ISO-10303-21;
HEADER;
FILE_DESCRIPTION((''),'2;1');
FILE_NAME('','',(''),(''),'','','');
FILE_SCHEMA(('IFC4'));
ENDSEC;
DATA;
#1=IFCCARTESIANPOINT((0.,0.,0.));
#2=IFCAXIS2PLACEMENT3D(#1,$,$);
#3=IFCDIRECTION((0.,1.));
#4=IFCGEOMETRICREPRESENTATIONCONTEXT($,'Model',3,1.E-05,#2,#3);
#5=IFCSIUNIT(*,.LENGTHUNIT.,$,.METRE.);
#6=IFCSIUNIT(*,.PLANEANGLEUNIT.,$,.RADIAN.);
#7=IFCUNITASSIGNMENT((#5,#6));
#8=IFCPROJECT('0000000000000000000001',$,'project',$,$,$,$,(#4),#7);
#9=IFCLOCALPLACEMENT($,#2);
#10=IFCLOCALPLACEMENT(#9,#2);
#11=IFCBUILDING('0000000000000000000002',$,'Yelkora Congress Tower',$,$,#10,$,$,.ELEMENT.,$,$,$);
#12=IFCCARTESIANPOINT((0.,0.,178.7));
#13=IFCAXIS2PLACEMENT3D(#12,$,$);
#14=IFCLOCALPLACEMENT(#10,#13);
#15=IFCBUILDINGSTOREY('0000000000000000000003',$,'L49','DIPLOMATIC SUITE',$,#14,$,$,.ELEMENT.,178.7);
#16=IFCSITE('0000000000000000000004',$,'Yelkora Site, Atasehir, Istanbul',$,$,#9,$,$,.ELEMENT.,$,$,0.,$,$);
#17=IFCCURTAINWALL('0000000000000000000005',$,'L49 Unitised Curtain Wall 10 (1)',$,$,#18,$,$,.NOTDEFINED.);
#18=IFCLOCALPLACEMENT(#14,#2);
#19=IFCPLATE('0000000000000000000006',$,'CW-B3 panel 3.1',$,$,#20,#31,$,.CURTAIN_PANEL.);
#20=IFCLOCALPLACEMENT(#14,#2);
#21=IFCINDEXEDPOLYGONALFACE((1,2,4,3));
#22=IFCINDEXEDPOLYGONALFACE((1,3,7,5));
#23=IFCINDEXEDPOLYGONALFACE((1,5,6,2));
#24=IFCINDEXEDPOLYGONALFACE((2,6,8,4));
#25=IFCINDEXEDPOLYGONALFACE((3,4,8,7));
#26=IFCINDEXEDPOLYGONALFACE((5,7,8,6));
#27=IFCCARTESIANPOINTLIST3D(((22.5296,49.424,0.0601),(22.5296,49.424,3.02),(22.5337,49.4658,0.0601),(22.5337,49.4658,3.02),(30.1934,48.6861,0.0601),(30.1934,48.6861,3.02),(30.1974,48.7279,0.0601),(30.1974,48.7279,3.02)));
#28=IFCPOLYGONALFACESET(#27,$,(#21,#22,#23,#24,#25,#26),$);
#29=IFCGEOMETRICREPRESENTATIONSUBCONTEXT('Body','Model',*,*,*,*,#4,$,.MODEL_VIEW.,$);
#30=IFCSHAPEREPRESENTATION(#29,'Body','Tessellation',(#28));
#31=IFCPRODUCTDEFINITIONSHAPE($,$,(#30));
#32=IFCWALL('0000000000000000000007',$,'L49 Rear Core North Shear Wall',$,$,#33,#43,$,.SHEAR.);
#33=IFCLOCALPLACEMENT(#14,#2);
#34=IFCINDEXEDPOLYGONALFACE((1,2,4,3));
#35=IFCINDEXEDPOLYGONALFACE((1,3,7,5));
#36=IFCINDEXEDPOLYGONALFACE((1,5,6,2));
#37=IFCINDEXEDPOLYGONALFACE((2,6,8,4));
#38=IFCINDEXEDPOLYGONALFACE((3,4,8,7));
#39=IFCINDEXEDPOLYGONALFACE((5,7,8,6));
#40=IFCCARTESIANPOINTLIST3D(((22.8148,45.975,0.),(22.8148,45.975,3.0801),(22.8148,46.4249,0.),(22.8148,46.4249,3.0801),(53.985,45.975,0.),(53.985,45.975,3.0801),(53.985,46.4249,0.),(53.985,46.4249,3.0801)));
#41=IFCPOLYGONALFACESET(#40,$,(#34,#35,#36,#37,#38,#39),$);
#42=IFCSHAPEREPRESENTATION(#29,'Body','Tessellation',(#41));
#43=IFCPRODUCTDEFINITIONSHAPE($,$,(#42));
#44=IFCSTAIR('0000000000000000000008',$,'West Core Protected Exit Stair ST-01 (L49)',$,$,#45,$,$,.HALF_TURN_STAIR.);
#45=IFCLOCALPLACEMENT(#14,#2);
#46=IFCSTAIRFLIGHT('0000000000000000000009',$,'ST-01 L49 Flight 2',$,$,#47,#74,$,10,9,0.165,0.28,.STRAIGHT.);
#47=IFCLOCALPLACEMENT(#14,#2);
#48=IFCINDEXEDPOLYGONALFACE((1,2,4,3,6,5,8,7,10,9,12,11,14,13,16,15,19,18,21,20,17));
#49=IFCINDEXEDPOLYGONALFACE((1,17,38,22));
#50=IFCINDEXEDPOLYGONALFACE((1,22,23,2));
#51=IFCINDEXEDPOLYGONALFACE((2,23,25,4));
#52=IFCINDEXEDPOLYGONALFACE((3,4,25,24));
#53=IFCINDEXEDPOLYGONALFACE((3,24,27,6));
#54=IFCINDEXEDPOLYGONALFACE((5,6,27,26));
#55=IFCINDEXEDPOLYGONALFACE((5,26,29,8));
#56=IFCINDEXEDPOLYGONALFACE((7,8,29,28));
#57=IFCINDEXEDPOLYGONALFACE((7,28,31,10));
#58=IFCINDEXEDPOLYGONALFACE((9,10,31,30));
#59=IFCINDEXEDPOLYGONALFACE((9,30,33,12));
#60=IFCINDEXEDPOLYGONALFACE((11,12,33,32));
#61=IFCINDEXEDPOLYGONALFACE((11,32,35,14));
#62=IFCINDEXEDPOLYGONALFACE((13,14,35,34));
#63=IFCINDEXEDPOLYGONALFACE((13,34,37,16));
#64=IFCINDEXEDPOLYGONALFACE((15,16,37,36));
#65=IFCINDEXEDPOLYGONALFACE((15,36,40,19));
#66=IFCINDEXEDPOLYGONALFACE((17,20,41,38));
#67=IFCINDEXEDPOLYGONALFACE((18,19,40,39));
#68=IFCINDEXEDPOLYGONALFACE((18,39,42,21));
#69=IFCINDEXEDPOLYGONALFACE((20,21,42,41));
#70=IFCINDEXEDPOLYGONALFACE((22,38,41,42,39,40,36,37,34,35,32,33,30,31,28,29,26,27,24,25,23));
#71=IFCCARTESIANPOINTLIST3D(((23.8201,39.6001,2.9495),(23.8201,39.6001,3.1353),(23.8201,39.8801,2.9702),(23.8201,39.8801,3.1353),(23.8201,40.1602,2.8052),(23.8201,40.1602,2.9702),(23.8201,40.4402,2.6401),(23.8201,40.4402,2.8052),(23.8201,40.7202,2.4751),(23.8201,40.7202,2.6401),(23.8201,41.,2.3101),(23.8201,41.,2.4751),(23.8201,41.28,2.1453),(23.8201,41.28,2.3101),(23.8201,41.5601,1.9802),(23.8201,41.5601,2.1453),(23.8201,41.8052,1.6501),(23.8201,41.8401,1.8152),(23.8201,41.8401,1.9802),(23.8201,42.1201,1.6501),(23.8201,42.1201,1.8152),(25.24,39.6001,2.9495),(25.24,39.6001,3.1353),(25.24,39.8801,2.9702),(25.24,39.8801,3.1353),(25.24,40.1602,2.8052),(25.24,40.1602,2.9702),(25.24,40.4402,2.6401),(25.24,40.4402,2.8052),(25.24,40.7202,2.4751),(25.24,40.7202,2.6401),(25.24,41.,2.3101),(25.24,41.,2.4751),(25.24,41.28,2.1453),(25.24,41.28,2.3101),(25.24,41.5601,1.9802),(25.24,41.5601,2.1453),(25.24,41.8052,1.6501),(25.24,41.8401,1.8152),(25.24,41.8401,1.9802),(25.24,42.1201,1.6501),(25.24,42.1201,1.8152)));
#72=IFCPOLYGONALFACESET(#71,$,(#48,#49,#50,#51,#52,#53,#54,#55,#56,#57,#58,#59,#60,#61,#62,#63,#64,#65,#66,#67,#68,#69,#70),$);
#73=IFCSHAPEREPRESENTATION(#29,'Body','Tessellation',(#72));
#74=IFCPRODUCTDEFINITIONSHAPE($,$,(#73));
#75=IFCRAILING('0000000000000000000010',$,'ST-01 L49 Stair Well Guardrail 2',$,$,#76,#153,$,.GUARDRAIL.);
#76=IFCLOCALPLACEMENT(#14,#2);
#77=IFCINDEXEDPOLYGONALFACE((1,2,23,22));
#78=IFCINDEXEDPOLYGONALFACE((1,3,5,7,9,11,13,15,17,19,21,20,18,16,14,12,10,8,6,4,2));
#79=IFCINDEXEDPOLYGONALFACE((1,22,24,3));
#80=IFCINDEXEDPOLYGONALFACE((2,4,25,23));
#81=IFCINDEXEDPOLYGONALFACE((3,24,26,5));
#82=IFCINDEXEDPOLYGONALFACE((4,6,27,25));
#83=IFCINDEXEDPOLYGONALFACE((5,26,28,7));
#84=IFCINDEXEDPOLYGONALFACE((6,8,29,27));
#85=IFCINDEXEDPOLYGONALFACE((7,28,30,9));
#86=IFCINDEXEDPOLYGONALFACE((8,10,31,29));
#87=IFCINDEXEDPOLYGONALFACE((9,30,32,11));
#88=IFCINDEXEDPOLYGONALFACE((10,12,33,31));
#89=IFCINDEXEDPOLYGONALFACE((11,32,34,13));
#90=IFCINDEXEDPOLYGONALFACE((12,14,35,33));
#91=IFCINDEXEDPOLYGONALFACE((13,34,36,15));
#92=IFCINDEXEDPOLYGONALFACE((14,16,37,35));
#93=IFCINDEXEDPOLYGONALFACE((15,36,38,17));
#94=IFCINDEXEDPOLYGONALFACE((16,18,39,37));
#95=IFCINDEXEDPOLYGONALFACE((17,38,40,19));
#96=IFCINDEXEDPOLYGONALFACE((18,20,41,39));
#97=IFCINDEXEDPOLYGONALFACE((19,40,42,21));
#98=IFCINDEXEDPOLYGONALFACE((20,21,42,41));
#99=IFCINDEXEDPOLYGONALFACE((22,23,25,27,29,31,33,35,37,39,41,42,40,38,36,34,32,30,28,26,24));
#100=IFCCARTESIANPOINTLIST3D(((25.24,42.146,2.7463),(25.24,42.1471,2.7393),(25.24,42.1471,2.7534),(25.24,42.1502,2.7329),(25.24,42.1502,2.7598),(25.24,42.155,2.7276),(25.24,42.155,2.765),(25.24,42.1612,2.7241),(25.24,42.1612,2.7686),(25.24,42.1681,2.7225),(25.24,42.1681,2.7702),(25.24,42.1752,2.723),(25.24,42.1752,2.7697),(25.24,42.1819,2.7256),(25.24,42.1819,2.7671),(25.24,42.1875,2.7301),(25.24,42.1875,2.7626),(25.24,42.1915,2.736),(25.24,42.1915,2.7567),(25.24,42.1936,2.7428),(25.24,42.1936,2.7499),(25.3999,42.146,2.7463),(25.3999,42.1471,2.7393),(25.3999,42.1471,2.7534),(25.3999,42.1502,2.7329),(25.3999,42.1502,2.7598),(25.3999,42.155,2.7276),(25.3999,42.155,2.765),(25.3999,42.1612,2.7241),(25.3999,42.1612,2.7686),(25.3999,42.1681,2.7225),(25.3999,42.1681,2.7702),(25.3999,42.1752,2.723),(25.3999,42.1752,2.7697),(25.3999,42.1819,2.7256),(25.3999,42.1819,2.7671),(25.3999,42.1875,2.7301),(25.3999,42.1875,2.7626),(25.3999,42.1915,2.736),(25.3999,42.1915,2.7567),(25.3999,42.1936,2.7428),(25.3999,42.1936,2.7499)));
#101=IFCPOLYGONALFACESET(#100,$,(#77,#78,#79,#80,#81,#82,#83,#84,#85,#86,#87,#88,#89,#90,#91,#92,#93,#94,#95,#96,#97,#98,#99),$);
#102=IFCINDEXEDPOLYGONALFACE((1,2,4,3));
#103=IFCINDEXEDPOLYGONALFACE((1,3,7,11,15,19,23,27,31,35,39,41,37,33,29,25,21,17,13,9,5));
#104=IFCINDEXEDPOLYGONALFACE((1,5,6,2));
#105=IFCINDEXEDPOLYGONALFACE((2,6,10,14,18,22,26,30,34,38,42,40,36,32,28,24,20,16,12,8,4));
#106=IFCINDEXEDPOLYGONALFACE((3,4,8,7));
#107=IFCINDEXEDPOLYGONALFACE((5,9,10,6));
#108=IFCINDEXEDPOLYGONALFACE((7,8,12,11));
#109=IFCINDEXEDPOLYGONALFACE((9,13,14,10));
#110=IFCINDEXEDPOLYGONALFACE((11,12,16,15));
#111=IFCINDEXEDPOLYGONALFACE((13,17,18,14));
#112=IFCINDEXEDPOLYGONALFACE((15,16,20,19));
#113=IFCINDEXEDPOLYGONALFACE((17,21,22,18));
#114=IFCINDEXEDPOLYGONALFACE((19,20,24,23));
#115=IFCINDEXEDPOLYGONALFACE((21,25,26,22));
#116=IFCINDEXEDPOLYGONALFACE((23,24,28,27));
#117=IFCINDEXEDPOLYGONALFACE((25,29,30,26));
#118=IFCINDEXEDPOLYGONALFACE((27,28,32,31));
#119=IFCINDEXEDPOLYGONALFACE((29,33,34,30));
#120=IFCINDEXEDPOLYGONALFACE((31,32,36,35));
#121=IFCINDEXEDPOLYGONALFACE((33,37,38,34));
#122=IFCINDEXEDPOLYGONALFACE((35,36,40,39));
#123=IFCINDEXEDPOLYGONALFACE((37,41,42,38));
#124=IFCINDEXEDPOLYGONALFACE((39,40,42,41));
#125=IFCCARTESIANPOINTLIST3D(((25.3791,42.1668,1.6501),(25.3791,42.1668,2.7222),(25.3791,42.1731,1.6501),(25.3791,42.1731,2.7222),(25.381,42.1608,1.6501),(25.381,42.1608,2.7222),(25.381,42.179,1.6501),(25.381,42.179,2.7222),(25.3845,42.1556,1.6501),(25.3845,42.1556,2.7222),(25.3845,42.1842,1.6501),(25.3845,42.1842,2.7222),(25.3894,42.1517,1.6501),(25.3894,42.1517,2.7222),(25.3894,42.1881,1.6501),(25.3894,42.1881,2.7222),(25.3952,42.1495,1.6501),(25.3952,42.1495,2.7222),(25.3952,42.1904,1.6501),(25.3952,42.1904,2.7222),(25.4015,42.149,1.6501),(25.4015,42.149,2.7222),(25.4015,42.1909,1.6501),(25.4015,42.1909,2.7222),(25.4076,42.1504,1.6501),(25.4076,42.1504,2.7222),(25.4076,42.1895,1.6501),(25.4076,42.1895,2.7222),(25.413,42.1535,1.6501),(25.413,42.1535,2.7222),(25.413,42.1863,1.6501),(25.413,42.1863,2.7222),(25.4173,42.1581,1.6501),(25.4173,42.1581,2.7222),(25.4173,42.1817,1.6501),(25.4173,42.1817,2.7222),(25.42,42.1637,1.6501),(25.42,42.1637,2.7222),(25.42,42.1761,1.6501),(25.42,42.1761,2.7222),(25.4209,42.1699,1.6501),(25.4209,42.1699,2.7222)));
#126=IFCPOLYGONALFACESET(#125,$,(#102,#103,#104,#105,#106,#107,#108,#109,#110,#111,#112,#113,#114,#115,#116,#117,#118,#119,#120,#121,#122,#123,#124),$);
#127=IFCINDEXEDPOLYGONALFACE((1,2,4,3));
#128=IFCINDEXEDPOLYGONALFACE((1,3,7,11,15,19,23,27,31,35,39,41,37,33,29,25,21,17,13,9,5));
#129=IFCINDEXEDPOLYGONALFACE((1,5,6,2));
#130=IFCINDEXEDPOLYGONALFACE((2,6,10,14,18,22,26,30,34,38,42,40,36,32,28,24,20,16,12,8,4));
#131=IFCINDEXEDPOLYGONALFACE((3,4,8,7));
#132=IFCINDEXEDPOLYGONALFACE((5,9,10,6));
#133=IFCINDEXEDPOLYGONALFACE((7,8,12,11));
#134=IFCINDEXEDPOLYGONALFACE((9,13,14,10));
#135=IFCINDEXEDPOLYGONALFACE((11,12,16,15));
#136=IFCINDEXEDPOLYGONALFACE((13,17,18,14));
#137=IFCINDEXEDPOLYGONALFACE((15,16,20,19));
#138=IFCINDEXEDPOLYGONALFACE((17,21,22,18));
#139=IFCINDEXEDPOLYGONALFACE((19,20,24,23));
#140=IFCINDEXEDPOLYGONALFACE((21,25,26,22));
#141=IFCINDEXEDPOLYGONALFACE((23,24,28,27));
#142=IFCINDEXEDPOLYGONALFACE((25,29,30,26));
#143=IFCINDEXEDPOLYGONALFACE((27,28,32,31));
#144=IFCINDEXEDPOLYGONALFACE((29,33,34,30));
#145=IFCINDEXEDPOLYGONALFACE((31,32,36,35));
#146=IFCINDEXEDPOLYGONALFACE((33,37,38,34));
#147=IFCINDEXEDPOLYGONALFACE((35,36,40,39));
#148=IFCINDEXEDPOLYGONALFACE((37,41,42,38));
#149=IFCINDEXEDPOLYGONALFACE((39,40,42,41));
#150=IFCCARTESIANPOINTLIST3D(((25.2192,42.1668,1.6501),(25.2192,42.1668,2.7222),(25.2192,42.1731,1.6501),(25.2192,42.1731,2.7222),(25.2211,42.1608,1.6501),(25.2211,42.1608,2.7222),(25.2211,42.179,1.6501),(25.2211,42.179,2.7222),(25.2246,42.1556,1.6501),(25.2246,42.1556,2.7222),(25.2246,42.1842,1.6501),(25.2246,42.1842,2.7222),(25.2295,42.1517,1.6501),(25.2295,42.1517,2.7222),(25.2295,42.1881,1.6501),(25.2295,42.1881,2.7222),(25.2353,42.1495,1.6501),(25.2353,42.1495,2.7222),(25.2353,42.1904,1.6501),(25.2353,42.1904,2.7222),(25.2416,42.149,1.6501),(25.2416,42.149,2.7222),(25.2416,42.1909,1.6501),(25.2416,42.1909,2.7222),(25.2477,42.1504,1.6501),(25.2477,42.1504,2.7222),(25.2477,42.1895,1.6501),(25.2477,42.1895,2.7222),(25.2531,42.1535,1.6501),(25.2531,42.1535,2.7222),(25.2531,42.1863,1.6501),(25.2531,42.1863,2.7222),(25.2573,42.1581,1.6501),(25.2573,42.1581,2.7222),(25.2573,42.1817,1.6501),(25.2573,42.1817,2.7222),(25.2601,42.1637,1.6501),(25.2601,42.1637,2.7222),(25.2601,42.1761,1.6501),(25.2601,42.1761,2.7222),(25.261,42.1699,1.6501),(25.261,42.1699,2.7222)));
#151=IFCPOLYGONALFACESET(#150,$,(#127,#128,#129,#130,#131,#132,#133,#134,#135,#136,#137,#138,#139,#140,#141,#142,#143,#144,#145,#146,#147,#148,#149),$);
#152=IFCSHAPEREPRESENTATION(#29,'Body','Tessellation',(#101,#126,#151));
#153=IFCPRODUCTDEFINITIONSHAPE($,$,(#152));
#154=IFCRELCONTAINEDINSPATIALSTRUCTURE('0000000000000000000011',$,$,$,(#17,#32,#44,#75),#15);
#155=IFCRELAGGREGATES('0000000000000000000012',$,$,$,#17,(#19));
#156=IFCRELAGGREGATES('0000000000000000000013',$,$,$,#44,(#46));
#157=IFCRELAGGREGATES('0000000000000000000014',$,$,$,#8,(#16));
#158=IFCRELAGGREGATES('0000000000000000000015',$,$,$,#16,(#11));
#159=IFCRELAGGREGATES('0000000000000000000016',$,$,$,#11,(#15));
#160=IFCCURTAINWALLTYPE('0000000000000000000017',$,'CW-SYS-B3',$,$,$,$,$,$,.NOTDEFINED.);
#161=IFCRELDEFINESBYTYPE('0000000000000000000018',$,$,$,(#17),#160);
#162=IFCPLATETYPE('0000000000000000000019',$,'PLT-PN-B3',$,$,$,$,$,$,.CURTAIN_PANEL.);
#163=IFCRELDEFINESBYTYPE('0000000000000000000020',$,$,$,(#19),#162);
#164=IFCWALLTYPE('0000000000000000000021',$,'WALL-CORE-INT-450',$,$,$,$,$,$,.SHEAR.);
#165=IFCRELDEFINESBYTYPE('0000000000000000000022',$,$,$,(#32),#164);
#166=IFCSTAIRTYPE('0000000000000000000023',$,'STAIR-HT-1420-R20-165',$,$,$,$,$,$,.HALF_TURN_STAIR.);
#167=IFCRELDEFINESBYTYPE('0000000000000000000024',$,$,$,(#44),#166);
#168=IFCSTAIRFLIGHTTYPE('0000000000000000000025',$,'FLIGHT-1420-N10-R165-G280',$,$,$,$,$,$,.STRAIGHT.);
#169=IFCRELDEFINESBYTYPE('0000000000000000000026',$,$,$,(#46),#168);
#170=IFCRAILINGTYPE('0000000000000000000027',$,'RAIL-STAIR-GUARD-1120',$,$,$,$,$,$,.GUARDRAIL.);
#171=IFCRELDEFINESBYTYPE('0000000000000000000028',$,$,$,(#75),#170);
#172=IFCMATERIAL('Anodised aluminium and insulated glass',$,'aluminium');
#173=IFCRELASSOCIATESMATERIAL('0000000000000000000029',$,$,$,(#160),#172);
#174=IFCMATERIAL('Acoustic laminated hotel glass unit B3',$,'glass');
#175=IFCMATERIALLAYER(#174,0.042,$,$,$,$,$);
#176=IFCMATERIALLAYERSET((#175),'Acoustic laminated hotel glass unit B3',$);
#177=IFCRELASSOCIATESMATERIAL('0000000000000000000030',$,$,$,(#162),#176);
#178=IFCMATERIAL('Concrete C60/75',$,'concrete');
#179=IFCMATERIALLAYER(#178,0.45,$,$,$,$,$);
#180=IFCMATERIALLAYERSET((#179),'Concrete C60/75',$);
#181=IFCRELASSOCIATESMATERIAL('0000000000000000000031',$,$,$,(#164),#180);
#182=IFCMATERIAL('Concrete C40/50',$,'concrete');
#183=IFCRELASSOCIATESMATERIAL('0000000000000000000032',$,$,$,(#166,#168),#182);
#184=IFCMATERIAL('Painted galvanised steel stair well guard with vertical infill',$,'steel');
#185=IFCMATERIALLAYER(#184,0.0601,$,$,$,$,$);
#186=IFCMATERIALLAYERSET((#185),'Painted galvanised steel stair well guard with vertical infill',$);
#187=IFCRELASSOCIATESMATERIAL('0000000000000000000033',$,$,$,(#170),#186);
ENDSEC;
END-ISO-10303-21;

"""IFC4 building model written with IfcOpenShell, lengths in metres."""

from ifc_helpers import new_model, si_unit, direction, frame, frame_2d, origin, origin_2d, place, context, subcontext, project, spatial, polyline, rectangle, circle, outline, extrude, material, layer, layer_set, type_object, element, aggregate, save


model = new_model("IFC4")

# Units and contexts
model_context = context("Model", 3, precision=1e-05, world=origin(), true_north=direction((0.0, 1.0)))
body_context = subcontext(model_context, "Body", "Model", "MODEL_VIEW")
ifc_project = project(units=[si_unit("LENGTHUNIT", "METRE"), si_unit("PLANEANGLEUNIT", "RADIAN")], contexts=[model_context])

# Site, building, storey
site_placement = place(None, origin())
site = spatial("IfcSite", under=ifc_project, at=site_placement, Name="Yelkora Site, Atasehir, Istanbul", CompositionType="ELEMENT", RefElevation=0.0)
building_placement = place(site_placement, origin())
building = spatial("IfcBuilding", under=site, at=building_placement, Name="Yelkora Congress Tower", CompositionType="ELEMENT")
storey_placement = place(building_placement, frame((0.0, 0.0, 178.7)))
storey = spatial("IfcBuildingStorey", under=building, at=storey_placement, Name="L49", Description="DIPLOMATIC SUITE", CompositionType="ELEMENT", Elevation=178.7)

# Curtain wall, plate
ifc_material_1 = material(Name="Anodised aluminium and insulated glass", Category="aluminium")
curtain_wall_type = type_object("IfcCurtainWallType", Name="CW-SYS-B3", PredefinedType="NOTDEFINED", material=ifc_material_1)
curtain_wall_placement = place(storey_placement, origin())
curtain_wall = element("IfcCurtainWall", 1, at=curtain_wall_placement, inside=storey, type_object=curtain_wall_type, Name="L49 Unitised Curtain Wall 10 (1)", PredefinedType="NOTDEFINED")
ifc_material_2 = material(Name="Acoustic laminated hotel glass unit B3", Category="glass")
ifc_layer_1 = layer(ifc_material_2, 0.042)
ifc_layer_set_1 = layer_set([ifc_layer_1], Name="Acoustic laminated hotel glass unit B3")
plate_type = type_object("IfcPlateType", Name="PLT-PN-B3", PredefinedType="CURTAIN_PANEL", material=ifc_layer_set_1)
plate_placement = place(storey_placement, frame((26.3635, 49.0759, 0.0601), z_axis=(0.0, 0.0, 1.0), x_axis=(0.995396, -0.095845, 0.0)))
plate = element("IfcPlate", 2, at=plate_placement, type_object=plate_type, Name="CW-B3 panel 3.1", PredefinedType="CURTAIN_PANEL", context=body_context, shape_type="SweptSolid", body=[
    extrude(rectangle(XDim=7.6992, YDim=0.042, at=origin_2d()), origin(), (0.0, 0.0, 1.0), 2.96),
])
aggregate(curtain_wall, [plate])

# Wall
ifc_material_3 = material(Name="Concrete C60/75", Category="concrete")
ifc_layer_2 = layer(ifc_material_3, 0.45)
ifc_layer_set_2 = layer_set([ifc_layer_2], Name="Concrete C60/75")
wall_type_1 = type_object("IfcWallType", Name="WALL-CORE-INT-450", PredefinedType="SHEAR", material=ifc_layer_set_2)
wall_1_placement = place(storey_placement, frame((22.8149, 46.2, 0.0), z_axis=(0.0, 0.0, 1.0), x_axis=(1.0, 0.0, 0.0)))
element("IfcWall", 3, at=wall_1_placement, inside=storey, type_object=wall_type_1, Name="L49 Rear Core North Shear Wall", PredefinedType="SHEAR", context=body_context, shape_type="SweptSolid", body=[
    extrude(rectangle(XDim=31.1702, YDim=0.45, at=frame_2d((15.585, 0.0))), origin(), (0.0, 0.0, 1.0), 3.0801),
])

# Stair, stair flight
ifc_material_4 = material(Name="Concrete C40/50", Category="concrete")
stair_type = type_object("IfcStairType", Name="STAIR-HT-1420-R20-165", PredefinedType="HALF_TURN_STAIR", material=ifc_material_4)
stair_placement = place(storey_placement, origin())
stair = element("IfcStair", 4, at=stair_placement, inside=storey, type_object=stair_type, Name="West Core Protected Exit Stair ST-01 (L49)", PredefinedType="HALF_TURN_STAIR")
stair_flight_type = type_object("IfcStairFlightType", Name="FLIGHT-1420-N10-R165-G280", PredefinedType="STRAIGHT", material=ifc_material_4)
stair_flight_placement = place(storey_placement, frame((24.53, 42.1201, 1.6501), z_axis=(0.0, 0.0, 1.0), x_axis=(0.0, -1.0, 0.0)))
stair_flight = element("IfcStairFlight", 5, at=stair_flight_placement, type_object=stair_flight_type, Name="ST-01 L49 Flight 2", NumberOfRisers=10, NumberOfTreads=9, PredefinedType="STRAIGHT", RiserHeight=0.165, TreadLength=0.28, context=body_context, shape_type="SweptSolid", body=[
    extrude(outline(polyline([(0.0, 0.0), (0.0, 0.165), (0.28, 0.165), (0.28, 0.3301), (0.5601, 0.3301), (0.5601, 0.4951), (0.8401, 0.4951), (0.8401, 0.6599), (1.1201, 0.6599), (1.1201, 0.825), (1.3999, 0.825), (1.3999, 0.99), (1.6799, 0.99), (1.6799, 1.155), (1.96, 1.155), (1.96, 1.3201), (2.24, 1.3201), (2.24, 1.4851), (2.52, 1.4851), (2.52, 1.6499), (2.52, 1.2993), (0.3149, 0.0), (0.0, 0.0)])), frame((0.0, 0.71, 0.0), z_axis=(0.0, -1.0, 0.0), x_axis=(1.0, 0.0, 0.0)), (0.0, 0.0, 1.0), 1.4199),
])
aggregate(stair, [stair_flight])

# Railing
ifc_material_5 = material(Name="Painted galvanised steel stair well guard with vertical infill", Category="steel")
ifc_layer_3 = layer(ifc_material_5, 0.0601)
ifc_layer_set_3 = layer_set([ifc_layer_3], Name="Painted galvanised steel stair well guard with vertical infill")
railing_type_1 = type_object("IfcRailingType", Name="RAIL-STAIR-GUARD-1120", PredefinedType="GUARDRAIL", material=ifc_layer_set_3)
railing_1_placement = place(storey_placement, frame((25.3999, 42.1699, 1.6501)))
element("IfcRailing", 6, at=railing_1_placement, inside=storey, type_object=railing_type_1, Name="ST-01 L49 Stair Well Guardrail 2", PredefinedType="GUARDRAIL", context=body_context, shape_type="SweptSolid", body=[
    extrude(circle(Radius=0.0239, at=origin_2d()), frame((0.0, 0.0, 1.0962), z_axis=(-1.0, 0.0, 0.0), x_axis=(0.0, -1.0, 0.0)), (0.0, 0.0, 1.0), 0.1599),
    extrude(circle(Radius=0.021, at=origin_2d()), origin(), (0.0, 0.0, 1.0), 1.072),
    extrude(circle(Radius=0.021, at=origin_2d()), frame((-0.1599, 0.0, 0.0)), (0.0, 0.0, 1.0), 1.072),
])

save(model, "model.ifc")
